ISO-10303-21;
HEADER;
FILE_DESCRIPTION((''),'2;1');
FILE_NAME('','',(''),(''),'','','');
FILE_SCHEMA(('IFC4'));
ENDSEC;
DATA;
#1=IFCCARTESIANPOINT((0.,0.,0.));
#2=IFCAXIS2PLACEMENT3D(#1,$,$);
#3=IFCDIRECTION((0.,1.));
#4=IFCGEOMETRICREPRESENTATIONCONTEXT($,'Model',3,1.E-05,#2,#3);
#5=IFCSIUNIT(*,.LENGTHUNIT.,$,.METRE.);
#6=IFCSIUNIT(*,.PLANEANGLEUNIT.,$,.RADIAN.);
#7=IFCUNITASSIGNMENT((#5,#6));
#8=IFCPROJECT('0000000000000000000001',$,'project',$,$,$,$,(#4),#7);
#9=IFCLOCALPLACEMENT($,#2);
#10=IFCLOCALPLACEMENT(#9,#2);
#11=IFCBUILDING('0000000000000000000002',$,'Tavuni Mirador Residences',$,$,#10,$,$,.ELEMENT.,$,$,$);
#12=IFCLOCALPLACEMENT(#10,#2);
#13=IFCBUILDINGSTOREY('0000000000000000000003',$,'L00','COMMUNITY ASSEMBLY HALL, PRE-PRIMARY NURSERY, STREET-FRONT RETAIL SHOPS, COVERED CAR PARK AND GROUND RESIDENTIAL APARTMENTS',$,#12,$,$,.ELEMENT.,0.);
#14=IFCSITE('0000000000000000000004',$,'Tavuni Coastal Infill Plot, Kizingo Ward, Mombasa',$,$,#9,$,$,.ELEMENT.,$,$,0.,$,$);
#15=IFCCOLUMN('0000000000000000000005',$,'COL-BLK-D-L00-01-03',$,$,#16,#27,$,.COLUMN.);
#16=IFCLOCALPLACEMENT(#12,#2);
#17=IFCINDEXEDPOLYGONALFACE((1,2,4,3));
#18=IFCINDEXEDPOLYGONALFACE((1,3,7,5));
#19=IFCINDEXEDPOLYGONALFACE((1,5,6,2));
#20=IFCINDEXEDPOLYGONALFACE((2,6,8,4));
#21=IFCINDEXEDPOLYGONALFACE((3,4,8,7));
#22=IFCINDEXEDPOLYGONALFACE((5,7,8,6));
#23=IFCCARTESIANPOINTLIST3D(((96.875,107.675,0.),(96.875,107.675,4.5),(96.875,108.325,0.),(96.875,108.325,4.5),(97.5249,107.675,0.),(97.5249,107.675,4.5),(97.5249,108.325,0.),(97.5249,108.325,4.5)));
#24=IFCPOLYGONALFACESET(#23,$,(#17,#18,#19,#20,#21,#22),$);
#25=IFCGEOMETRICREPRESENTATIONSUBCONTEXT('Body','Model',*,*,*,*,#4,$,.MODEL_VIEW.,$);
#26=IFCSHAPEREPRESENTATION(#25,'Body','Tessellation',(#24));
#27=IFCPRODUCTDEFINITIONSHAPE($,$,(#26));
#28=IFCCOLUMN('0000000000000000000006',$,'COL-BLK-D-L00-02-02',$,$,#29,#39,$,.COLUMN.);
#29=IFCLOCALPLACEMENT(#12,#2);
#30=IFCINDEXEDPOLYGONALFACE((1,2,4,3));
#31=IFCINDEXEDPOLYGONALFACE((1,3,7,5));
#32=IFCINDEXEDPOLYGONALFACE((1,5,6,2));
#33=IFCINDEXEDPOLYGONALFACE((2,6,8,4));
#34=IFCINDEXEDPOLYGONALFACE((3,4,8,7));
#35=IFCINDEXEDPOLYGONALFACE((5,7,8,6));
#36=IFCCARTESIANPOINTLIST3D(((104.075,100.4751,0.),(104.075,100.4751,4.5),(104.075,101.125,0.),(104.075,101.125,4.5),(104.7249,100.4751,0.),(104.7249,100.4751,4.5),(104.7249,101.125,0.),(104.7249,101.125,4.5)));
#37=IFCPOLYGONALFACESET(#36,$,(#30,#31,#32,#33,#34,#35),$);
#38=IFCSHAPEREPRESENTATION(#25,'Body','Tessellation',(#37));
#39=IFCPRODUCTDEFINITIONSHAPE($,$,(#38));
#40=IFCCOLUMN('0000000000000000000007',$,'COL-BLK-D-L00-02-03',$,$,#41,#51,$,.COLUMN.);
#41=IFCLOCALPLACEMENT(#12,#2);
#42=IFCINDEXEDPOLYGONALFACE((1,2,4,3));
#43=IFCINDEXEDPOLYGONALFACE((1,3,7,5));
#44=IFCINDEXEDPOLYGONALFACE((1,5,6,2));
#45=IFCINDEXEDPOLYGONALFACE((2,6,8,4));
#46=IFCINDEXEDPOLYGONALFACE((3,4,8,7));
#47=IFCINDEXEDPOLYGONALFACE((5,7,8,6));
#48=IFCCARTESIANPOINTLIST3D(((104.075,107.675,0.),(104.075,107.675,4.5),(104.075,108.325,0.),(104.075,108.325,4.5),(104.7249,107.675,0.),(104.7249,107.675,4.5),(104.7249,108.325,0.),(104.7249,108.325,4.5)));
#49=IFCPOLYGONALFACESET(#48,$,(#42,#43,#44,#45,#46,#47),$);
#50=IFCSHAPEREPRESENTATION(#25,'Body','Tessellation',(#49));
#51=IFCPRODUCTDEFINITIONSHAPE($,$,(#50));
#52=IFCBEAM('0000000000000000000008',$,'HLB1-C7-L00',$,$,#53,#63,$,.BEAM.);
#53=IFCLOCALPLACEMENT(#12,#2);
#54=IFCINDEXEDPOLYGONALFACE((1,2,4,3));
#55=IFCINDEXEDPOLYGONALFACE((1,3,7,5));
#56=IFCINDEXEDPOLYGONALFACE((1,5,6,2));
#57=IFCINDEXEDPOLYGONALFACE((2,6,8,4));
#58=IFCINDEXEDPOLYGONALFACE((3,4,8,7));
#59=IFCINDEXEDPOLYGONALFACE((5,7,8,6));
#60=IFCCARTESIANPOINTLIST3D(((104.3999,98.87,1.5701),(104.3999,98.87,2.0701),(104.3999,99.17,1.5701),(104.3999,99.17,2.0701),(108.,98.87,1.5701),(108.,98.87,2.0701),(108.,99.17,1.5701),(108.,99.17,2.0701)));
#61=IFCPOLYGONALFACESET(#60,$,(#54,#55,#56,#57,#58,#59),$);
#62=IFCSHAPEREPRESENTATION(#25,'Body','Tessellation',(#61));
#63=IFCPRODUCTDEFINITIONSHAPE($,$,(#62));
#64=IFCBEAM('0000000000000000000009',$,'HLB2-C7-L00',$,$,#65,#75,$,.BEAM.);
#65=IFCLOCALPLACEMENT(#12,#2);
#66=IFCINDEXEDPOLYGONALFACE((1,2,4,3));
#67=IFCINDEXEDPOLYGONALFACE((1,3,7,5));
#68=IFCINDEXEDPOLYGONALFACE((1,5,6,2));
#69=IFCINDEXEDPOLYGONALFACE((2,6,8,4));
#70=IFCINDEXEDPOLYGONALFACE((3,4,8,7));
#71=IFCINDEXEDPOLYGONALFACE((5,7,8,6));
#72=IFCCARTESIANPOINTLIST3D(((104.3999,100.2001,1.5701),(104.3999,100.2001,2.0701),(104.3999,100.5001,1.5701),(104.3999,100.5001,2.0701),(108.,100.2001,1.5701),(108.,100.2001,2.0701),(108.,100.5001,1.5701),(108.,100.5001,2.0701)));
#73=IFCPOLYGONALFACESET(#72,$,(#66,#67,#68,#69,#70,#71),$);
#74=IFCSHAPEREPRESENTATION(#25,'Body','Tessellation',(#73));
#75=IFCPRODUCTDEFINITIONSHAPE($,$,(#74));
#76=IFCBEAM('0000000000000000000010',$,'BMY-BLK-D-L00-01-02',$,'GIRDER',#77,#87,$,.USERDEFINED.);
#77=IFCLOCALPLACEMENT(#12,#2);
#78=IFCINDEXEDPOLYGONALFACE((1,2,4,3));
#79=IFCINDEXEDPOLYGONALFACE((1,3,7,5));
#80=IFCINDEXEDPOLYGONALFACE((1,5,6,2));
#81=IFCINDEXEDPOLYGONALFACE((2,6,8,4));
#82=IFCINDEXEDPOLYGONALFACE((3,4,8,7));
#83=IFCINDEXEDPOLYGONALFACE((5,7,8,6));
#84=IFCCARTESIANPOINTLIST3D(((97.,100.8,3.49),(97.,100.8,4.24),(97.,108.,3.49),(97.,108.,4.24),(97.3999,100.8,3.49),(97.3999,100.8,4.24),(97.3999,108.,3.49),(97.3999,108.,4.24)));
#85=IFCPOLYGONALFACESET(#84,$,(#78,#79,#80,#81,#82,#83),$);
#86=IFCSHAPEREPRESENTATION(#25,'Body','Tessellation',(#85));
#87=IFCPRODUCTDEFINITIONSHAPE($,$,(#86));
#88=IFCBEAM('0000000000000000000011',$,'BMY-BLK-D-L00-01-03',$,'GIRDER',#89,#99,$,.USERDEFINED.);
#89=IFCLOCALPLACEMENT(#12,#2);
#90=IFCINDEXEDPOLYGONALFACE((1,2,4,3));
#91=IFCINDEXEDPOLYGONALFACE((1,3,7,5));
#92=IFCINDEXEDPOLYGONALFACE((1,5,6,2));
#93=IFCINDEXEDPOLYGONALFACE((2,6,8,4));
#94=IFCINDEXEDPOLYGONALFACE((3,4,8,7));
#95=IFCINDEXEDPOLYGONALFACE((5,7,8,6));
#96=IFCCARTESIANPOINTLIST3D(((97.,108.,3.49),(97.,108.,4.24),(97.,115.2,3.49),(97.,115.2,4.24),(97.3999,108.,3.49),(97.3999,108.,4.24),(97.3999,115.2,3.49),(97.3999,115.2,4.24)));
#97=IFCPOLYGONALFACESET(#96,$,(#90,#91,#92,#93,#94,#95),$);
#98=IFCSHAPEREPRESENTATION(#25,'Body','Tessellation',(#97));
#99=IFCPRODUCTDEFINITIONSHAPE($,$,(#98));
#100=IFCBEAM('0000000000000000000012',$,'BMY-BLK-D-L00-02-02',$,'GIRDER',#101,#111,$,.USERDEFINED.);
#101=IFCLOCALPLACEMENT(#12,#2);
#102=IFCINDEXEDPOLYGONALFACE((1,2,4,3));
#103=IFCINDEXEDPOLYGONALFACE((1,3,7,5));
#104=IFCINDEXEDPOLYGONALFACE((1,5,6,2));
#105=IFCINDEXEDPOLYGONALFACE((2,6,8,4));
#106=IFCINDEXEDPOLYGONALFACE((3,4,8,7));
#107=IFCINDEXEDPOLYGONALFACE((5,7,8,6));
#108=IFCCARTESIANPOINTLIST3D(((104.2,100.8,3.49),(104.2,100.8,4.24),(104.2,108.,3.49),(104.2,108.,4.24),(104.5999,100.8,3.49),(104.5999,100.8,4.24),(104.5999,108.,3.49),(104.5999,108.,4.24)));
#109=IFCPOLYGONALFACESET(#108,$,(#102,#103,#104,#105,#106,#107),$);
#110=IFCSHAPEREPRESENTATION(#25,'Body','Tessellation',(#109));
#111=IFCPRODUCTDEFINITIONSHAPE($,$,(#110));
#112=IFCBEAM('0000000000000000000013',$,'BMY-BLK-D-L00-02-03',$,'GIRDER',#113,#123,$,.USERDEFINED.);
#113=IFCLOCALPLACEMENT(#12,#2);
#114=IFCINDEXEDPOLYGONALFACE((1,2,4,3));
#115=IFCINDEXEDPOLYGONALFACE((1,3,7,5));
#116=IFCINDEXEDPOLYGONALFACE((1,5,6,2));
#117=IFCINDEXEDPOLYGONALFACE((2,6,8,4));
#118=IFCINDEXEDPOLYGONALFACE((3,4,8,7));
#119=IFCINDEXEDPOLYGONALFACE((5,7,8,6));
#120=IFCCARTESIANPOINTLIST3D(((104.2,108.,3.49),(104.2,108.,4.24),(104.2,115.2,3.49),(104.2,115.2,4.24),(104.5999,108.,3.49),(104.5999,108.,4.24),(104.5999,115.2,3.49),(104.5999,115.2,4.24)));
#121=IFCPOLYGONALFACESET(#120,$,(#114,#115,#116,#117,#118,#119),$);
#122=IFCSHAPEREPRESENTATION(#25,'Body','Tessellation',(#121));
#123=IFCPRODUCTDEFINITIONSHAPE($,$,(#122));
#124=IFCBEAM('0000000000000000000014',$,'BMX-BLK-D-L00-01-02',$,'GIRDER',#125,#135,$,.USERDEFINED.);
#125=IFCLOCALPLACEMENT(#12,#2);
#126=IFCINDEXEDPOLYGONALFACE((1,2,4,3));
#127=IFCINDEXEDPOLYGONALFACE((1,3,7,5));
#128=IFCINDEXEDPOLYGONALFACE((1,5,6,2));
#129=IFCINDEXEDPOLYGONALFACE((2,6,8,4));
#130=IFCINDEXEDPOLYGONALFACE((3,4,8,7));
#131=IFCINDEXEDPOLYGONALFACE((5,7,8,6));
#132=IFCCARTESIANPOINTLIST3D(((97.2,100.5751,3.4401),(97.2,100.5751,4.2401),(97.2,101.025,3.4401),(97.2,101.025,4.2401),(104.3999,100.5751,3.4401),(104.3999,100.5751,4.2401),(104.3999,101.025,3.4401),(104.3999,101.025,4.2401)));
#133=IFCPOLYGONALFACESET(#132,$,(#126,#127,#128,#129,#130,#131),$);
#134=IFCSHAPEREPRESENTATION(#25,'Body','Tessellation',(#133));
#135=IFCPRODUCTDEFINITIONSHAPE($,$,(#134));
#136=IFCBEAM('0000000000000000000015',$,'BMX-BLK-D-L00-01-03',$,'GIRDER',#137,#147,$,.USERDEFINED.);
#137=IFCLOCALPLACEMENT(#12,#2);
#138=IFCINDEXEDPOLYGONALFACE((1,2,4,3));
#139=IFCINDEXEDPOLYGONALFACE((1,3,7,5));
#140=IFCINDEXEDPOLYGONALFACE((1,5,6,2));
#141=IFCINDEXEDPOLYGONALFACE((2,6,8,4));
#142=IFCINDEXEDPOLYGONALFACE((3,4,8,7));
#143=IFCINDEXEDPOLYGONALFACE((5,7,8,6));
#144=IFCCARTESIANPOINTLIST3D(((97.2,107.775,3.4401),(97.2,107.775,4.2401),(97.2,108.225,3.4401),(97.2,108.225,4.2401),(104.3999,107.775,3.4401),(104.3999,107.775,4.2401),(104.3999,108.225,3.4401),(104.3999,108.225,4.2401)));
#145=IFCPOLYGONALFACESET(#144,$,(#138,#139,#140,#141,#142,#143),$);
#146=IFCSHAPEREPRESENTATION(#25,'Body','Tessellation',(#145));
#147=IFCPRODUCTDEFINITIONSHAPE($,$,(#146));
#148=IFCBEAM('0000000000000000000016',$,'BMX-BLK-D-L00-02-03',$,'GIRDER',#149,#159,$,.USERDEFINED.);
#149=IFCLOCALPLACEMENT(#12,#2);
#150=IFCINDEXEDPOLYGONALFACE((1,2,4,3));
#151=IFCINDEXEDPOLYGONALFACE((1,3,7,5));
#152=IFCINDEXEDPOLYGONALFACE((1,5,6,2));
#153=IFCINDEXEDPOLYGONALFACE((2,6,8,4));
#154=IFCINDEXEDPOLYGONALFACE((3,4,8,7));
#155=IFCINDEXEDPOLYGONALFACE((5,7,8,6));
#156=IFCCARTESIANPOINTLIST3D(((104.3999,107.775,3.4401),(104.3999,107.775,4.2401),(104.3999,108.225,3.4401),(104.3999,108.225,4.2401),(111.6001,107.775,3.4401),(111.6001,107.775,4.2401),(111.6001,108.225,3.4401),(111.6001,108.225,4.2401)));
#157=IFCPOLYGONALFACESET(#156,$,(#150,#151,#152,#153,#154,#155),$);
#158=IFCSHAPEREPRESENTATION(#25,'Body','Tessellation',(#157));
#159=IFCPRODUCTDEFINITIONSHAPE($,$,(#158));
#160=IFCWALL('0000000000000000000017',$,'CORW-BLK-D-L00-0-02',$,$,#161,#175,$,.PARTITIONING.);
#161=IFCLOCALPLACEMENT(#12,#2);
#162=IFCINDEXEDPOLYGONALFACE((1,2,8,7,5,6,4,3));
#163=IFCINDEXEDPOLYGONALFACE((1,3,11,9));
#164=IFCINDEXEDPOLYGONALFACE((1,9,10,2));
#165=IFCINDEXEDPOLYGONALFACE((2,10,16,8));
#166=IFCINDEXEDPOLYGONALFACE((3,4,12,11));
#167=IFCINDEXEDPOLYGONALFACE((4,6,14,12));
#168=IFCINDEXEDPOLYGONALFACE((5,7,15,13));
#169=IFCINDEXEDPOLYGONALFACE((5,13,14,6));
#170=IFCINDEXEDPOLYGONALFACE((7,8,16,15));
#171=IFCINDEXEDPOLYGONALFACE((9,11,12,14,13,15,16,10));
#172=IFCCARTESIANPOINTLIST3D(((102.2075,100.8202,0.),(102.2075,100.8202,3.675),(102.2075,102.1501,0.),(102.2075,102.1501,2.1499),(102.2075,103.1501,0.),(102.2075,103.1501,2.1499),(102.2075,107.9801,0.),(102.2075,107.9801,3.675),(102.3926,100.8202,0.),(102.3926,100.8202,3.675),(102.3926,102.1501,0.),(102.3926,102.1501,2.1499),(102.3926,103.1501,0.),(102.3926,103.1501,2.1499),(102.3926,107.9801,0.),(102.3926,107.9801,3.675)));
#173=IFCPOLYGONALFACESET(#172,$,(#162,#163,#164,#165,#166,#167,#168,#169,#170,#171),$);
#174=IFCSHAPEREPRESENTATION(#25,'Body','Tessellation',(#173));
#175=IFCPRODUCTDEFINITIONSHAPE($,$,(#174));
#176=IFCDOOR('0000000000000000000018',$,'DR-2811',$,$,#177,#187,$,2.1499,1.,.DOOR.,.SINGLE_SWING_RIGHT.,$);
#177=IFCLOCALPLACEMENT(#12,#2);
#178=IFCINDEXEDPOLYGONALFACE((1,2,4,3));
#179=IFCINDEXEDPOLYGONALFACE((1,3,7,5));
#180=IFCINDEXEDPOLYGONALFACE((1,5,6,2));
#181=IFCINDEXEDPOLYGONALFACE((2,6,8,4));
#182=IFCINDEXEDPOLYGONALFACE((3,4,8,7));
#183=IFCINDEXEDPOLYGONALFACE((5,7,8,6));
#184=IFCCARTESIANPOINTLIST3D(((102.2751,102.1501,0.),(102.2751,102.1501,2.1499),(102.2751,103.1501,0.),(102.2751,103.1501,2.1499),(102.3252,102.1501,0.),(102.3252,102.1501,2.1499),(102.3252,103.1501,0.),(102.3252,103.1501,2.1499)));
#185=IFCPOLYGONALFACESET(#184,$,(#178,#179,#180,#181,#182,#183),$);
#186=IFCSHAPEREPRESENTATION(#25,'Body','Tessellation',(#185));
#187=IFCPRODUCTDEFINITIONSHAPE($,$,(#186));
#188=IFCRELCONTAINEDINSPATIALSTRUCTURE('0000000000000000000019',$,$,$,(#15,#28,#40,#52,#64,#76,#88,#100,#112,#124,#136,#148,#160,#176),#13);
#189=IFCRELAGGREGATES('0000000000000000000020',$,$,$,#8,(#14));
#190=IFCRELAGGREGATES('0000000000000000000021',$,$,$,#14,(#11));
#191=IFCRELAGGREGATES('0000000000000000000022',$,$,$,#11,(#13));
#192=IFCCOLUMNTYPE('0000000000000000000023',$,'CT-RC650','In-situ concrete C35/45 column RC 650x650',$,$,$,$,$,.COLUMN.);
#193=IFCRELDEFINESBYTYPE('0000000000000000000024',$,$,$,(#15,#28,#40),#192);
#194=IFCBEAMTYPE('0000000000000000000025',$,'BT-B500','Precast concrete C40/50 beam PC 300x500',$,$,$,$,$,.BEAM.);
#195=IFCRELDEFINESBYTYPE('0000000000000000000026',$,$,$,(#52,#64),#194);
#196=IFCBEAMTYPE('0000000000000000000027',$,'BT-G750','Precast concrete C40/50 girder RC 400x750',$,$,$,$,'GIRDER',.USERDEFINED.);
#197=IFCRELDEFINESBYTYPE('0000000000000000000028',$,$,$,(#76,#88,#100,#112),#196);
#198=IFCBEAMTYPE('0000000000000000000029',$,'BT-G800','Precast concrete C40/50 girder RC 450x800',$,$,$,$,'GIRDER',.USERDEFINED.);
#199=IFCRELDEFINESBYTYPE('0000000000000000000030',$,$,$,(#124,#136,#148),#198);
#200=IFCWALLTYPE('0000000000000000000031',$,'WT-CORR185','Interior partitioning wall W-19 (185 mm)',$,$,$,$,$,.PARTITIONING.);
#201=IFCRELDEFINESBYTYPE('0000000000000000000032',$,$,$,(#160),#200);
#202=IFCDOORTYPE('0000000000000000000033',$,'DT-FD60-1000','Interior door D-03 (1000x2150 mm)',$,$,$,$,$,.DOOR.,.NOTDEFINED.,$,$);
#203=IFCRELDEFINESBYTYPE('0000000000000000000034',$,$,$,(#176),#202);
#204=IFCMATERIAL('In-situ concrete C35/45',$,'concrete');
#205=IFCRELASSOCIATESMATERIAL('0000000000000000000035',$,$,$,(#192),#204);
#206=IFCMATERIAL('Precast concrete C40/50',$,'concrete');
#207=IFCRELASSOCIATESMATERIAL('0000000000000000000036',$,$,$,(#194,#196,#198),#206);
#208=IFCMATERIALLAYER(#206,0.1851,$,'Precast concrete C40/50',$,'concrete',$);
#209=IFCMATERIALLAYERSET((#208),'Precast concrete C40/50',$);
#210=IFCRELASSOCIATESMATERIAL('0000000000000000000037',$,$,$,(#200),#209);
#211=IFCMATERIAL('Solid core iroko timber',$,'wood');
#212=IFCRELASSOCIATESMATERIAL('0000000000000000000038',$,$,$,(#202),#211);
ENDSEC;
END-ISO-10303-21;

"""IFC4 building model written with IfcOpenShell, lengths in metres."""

from ifc_helpers import new_model, si_unit, direction, frame, frame_2d, origin, origin_2d, place, context, subcontext, project, spatial, rectangle, extrude, material, layer, layer_set, material_profile, profile_set, type_object, element, fill, save


model = new_model("IFC4")

# Units and contexts
model_context = context("Model", 3, precision=1e-05, world=origin(), true_north=direction((0.0, 1.0)))
body_context = subcontext(model_context, "Body", "Model", "MODEL_VIEW")
ifc_project = project(units=[si_unit("LENGTHUNIT", "METRE"), si_unit("PLANEANGLEUNIT", "RADIAN")], contexts=[model_context])

# Site, building, storey
site_placement = place(None, origin())
site = spatial("IfcSite", under=ifc_project, at=site_placement, Name="Tavuni Coastal Infill Plot, Kizingo Ward, Mombasa", CompositionType="ELEMENT", RefElevation=0.0)
building_placement = place(site_placement, origin())
building = spatial("IfcBuilding", under=site, at=building_placement, Name="Tavuni Mirador Residences", CompositionType="ELEMENT")
storey_placement = place(building_placement, origin())
storey = spatial("IfcBuildingStorey", under=building, at=storey_placement, Name="L00", Description="COMMUNITY ASSEMBLY HALL, PRE-PRIMARY NURSERY, STREET-FRONT RETAIL SHOPS, COVERED CAR PARK AND GROUND RESIDENTIAL APARTMENTS", CompositionType="ELEMENT", Elevation=0.0)

# Columns
ifc_material_1 = material(Name="In-situ concrete C35/45", Category="concrete")
ifc_material_profile_1 = material_profile(ifc_material_1, rectangle(XDim=0.6499, YDim=0.6499, at=origin_2d()), Name="RC 650x650", Category="concrete")
ifc_profile_set_1 = profile_set([ifc_material_profile_1], Name="In-situ concrete C35/45")
column_type = type_object("IfcColumnType", Name="CT-RC650", Description="In-situ concrete C35/45 column RC 650x650", PredefinedType="COLUMN", material=ifc_profile_set_1)
for number, where, z_axis, x_axis, name in (
    (1, (97.2, 108.0, 0.0), (0.0, 0.0, 1.0), (1.0, 0.0, 0.0), "COL-BLK-D-L00-01-03"),
    (2, (104.3999, 100.8, 0.0), (0.0, 0.0, 1.0), (1.0, 0.0, 0.0), "COL-BLK-D-L00-02-02"),
    (3, (104.3999, 108.0, 0.0), (0.0, 0.0, 1.0), (1.0, 0.0, 0.0), "COL-BLK-D-L00-02-03"),
):
    element("IfcColumn", number, at=place(storey_placement, frame(where, z_axis=z_axis, x_axis=x_axis)), inside=storey, type_object=column_type, Name=name, PredefinedType="COLUMN", context=body_context, shape_type="SweptSolid", body=[
        extrude(rectangle(XDim=0.6499, YDim=0.6499, at=origin_2d()), origin(), (0.0, 0.0, 1.0), 4.5),
    ])

# Beams
ifc_material_2 = material(Name="Precast concrete C40/50", Category="concrete")
ifc_material_profile_2 = material_profile(ifc_material_2, rectangle(XDim=0.3, YDim=0.5, at=origin_2d()), Name="PC 300x500", Category="concrete")
ifc_profile_set_2 = profile_set([ifc_material_profile_2], Name="Precast concrete C40/50")
beam_type_1 = type_object("IfcBeamType", Name="BT-B500", Description="Precast concrete C40/50 beam PC 300x500", PredefinedType="BEAM", material=ifc_profile_set_2)
for number, where, z_axis, x_axis, name in (
    (4, (104.3999, 99.02, 1.8201), (1.0, 0.0, 0.0), (0.0, 1.0, 0.0), "HLB1-C7-L00"),
    (5, (104.3999, 100.3501, 1.8201), (1.0, 0.0, 0.0), (0.0, 1.0, 0.0), "HLB2-C7-L00"),
):
    element("IfcBeam", number, at=place(storey_placement, frame(where, z_axis=z_axis, x_axis=x_axis)), inside=storey, type_object=beam_type_1, Name=name, PredefinedType="BEAM", context=body_context, shape_type="SweptSolid", body=[
        extrude(rectangle(XDim=0.3, YDim=0.5, at=origin_2d()), origin(), (0.0, 0.0, 1.0), 3.6001),
    ])
ifc_material_profile_3 = material_profile(ifc_material_2, rectangle(XDim=0.3999, YDim=0.75, at=origin_2d()), Name="RC 400x750", Category="concrete")
ifc_profile_set_3 = profile_set([ifc_material_profile_3], Name="Precast concrete C40/50")
beam_type_2 = type_object("IfcBeamType", Name="BT-G750", Description="Precast concrete C40/50 girder RC 400x750", ElementType="GIRDER", PredefinedType="USERDEFINED", material=ifc_profile_set_3)
for number, where, z_axis, x_axis, name in (
    (6, (97.2, 100.8, 3.865), (0.0, 1.0, 0.0), (-1.0, 0.0, 0.0), "BMY-BLK-D-L00-01-02"),
    (7, (97.2, 108.0, 3.865), (0.0, 1.0, 0.0), (-1.0, 0.0, 0.0), "BMY-BLK-D-L00-01-03"),
    (8, (104.3999, 100.8, 3.865), (0.0, 1.0, 0.0), (-1.0, 0.0, 0.0), "BMY-BLK-D-L00-02-02"),
    (9, (104.3999, 108.0, 3.865), (0.0, 1.0, 0.0), (-1.0, 0.0, 0.0), "BMY-BLK-D-L00-02-03"),
):
    element("IfcBeam", number, at=place(storey_placement, frame(where, z_axis=z_axis, x_axis=x_axis)), inside=storey, type_object=beam_type_2, Name=name, ObjectType="GIRDER", PredefinedType="USERDEFINED", context=body_context, shape_type="SweptSolid", body=[
        extrude(rectangle(XDim=0.3999, YDim=0.75, at=origin_2d()), origin(), (0.0, 0.0, 1.0), 7.2),
    ])
ifc_material_profile_4 = material_profile(ifc_material_2, rectangle(XDim=0.45, YDim=0.8, at=origin_2d()), Name="RC 450x800", Category="concrete")
ifc_profile_set_4 = profile_set([ifc_material_profile_4], Name="Precast concrete C40/50")
beam_type_3 = type_object("IfcBeamType", Name="BT-G800", Description="Precast concrete C40/50 girder RC 450x800", ElementType="GIRDER", PredefinedType="USERDEFINED", material=ifc_profile_set_4)
for number, where, z_axis, x_axis, name in (
    (10, (97.2, 100.8, 3.8401), (1.0, 0.0, 0.0), (0.0, 1.0, 0.0), "BMX-BLK-D-L00-01-02"),
    (11, (97.2, 108.0, 3.8401), (1.0, 0.0, 0.0), (0.0, 1.0, 0.0), "BMX-BLK-D-L00-01-03"),
):
    element("IfcBeam", number, at=place(storey_placement, frame(where, z_axis=z_axis, x_axis=x_axis)), inside=storey, type_object=beam_type_3, Name=name, ObjectType="GIRDER", PredefinedType="USERDEFINED", context=body_context, shape_type="SweptSolid", body=[
        extrude(rectangle(XDim=0.45, YDim=0.8, at=origin_2d()), origin(), (0.0, 0.0, 1.0), 7.2),
    ])
beam_placement = place(storey_placement, frame((104.3999, 108.0, 3.8401), z_axis=(1.0, 0.0, 0.0), x_axis=(0.0, 1.0, 0.0)))
element("IfcBeam", 12, at=beam_placement, inside=storey, type_object=beam_type_3, Name="BMX-BLK-D-L00-02-03", ObjectType="GIRDER", PredefinedType="USERDEFINED", context=body_context, shape_type="SweptSolid", body=[
    extrude(rectangle(XDim=0.45, YDim=0.8, at=origin_2d()), origin(), (0.0, 0.0, 1.0), 7.2002),
])

# Wall, opening, door
ifc_layer_1 = layer(ifc_material_2, 0.1851, Name="Precast concrete C40/50", Category="concrete")
ifc_layer_set_1 = layer_set([ifc_layer_1], Name="Precast concrete C40/50")
wall_type_1 = type_object("IfcWallType", Name="WT-CORR185", Description="Interior partitioning wall W-19 (185 mm)", PredefinedType="PARTITIONING", material=ifc_layer_set_1)
wall_1_placement = place(storey_placement, frame((102.3, 100.8201, 0.0), z_axis=(0.0, 0.0, 1.0), x_axis=(0.0, 1.0, 0.0)))
wall_1 = element("IfcWall", 13, at=wall_1_placement, inside=storey, type_object=wall_type_1, Name="CORW-BLK-D-L00-0-02", PredefinedType="PARTITIONING", context=body_context, shape_type="SweptSolid", body=[
    extrude(rectangle(XDim=7.1599, YDim=0.1851, at=frame_2d((3.5801, 0.0))), origin(), (0.0, 0.0, 1.0), 3.675),
])
opening_1_placement = place(wall_1_placement, frame((1.3301, 0.0, 0.0)))
opening_1 = element("IfcOpeningElement", 14, at=opening_1_placement, cuts=wall_1, PredefinedType="OPENING", context=body_context, shape_type="SweptSolid", body=[
    extrude(rectangle(XDim=1.0, YDim=2.1499, at=frame_2d((0.5, 1.075))), frame((0.0, 0.1025, 0.0), z_axis=(0.0, -1.0, 0.0), x_axis=(1.0, 0.0, 0.0)), (0.0, 0.0, 1.0), 0.2051),
])
ifc_material_3 = material(Name="Solid core iroko timber", Category="wood")
door_type_1 = type_object("IfcDoorType", Name="DT-FD60-1000", Description="Interior door D-03 (1000x2150 mm)", OperationType="NOTDEFINED", PredefinedType="DOOR", material=ifc_material_3)
door_1_placement = place(opening_1_placement, origin())
door_1 = element("IfcDoor", 15, at=door_1_placement, inside=storey, type_object=door_type_1, Name="DR-2811", OperationType="SINGLE_SWING_RIGHT", OverallHeight=2.1499, OverallWidth=1.0, PredefinedType="DOOR", context=body_context, shape_type="SweptSolid", body=[
    extrude(rectangle(XDim=1.0, YDim=2.1499, at=frame_2d((0.5, 1.075))), frame((0.0, 0.0249, 0.0), z_axis=(0.0, -1.0, 0.0), x_axis=(1.0, 0.0, 0.0)), (0.0, 0.0, 1.0), 0.05),
])
fill(opening_1, door_1)

save(model, "model.ifc")
